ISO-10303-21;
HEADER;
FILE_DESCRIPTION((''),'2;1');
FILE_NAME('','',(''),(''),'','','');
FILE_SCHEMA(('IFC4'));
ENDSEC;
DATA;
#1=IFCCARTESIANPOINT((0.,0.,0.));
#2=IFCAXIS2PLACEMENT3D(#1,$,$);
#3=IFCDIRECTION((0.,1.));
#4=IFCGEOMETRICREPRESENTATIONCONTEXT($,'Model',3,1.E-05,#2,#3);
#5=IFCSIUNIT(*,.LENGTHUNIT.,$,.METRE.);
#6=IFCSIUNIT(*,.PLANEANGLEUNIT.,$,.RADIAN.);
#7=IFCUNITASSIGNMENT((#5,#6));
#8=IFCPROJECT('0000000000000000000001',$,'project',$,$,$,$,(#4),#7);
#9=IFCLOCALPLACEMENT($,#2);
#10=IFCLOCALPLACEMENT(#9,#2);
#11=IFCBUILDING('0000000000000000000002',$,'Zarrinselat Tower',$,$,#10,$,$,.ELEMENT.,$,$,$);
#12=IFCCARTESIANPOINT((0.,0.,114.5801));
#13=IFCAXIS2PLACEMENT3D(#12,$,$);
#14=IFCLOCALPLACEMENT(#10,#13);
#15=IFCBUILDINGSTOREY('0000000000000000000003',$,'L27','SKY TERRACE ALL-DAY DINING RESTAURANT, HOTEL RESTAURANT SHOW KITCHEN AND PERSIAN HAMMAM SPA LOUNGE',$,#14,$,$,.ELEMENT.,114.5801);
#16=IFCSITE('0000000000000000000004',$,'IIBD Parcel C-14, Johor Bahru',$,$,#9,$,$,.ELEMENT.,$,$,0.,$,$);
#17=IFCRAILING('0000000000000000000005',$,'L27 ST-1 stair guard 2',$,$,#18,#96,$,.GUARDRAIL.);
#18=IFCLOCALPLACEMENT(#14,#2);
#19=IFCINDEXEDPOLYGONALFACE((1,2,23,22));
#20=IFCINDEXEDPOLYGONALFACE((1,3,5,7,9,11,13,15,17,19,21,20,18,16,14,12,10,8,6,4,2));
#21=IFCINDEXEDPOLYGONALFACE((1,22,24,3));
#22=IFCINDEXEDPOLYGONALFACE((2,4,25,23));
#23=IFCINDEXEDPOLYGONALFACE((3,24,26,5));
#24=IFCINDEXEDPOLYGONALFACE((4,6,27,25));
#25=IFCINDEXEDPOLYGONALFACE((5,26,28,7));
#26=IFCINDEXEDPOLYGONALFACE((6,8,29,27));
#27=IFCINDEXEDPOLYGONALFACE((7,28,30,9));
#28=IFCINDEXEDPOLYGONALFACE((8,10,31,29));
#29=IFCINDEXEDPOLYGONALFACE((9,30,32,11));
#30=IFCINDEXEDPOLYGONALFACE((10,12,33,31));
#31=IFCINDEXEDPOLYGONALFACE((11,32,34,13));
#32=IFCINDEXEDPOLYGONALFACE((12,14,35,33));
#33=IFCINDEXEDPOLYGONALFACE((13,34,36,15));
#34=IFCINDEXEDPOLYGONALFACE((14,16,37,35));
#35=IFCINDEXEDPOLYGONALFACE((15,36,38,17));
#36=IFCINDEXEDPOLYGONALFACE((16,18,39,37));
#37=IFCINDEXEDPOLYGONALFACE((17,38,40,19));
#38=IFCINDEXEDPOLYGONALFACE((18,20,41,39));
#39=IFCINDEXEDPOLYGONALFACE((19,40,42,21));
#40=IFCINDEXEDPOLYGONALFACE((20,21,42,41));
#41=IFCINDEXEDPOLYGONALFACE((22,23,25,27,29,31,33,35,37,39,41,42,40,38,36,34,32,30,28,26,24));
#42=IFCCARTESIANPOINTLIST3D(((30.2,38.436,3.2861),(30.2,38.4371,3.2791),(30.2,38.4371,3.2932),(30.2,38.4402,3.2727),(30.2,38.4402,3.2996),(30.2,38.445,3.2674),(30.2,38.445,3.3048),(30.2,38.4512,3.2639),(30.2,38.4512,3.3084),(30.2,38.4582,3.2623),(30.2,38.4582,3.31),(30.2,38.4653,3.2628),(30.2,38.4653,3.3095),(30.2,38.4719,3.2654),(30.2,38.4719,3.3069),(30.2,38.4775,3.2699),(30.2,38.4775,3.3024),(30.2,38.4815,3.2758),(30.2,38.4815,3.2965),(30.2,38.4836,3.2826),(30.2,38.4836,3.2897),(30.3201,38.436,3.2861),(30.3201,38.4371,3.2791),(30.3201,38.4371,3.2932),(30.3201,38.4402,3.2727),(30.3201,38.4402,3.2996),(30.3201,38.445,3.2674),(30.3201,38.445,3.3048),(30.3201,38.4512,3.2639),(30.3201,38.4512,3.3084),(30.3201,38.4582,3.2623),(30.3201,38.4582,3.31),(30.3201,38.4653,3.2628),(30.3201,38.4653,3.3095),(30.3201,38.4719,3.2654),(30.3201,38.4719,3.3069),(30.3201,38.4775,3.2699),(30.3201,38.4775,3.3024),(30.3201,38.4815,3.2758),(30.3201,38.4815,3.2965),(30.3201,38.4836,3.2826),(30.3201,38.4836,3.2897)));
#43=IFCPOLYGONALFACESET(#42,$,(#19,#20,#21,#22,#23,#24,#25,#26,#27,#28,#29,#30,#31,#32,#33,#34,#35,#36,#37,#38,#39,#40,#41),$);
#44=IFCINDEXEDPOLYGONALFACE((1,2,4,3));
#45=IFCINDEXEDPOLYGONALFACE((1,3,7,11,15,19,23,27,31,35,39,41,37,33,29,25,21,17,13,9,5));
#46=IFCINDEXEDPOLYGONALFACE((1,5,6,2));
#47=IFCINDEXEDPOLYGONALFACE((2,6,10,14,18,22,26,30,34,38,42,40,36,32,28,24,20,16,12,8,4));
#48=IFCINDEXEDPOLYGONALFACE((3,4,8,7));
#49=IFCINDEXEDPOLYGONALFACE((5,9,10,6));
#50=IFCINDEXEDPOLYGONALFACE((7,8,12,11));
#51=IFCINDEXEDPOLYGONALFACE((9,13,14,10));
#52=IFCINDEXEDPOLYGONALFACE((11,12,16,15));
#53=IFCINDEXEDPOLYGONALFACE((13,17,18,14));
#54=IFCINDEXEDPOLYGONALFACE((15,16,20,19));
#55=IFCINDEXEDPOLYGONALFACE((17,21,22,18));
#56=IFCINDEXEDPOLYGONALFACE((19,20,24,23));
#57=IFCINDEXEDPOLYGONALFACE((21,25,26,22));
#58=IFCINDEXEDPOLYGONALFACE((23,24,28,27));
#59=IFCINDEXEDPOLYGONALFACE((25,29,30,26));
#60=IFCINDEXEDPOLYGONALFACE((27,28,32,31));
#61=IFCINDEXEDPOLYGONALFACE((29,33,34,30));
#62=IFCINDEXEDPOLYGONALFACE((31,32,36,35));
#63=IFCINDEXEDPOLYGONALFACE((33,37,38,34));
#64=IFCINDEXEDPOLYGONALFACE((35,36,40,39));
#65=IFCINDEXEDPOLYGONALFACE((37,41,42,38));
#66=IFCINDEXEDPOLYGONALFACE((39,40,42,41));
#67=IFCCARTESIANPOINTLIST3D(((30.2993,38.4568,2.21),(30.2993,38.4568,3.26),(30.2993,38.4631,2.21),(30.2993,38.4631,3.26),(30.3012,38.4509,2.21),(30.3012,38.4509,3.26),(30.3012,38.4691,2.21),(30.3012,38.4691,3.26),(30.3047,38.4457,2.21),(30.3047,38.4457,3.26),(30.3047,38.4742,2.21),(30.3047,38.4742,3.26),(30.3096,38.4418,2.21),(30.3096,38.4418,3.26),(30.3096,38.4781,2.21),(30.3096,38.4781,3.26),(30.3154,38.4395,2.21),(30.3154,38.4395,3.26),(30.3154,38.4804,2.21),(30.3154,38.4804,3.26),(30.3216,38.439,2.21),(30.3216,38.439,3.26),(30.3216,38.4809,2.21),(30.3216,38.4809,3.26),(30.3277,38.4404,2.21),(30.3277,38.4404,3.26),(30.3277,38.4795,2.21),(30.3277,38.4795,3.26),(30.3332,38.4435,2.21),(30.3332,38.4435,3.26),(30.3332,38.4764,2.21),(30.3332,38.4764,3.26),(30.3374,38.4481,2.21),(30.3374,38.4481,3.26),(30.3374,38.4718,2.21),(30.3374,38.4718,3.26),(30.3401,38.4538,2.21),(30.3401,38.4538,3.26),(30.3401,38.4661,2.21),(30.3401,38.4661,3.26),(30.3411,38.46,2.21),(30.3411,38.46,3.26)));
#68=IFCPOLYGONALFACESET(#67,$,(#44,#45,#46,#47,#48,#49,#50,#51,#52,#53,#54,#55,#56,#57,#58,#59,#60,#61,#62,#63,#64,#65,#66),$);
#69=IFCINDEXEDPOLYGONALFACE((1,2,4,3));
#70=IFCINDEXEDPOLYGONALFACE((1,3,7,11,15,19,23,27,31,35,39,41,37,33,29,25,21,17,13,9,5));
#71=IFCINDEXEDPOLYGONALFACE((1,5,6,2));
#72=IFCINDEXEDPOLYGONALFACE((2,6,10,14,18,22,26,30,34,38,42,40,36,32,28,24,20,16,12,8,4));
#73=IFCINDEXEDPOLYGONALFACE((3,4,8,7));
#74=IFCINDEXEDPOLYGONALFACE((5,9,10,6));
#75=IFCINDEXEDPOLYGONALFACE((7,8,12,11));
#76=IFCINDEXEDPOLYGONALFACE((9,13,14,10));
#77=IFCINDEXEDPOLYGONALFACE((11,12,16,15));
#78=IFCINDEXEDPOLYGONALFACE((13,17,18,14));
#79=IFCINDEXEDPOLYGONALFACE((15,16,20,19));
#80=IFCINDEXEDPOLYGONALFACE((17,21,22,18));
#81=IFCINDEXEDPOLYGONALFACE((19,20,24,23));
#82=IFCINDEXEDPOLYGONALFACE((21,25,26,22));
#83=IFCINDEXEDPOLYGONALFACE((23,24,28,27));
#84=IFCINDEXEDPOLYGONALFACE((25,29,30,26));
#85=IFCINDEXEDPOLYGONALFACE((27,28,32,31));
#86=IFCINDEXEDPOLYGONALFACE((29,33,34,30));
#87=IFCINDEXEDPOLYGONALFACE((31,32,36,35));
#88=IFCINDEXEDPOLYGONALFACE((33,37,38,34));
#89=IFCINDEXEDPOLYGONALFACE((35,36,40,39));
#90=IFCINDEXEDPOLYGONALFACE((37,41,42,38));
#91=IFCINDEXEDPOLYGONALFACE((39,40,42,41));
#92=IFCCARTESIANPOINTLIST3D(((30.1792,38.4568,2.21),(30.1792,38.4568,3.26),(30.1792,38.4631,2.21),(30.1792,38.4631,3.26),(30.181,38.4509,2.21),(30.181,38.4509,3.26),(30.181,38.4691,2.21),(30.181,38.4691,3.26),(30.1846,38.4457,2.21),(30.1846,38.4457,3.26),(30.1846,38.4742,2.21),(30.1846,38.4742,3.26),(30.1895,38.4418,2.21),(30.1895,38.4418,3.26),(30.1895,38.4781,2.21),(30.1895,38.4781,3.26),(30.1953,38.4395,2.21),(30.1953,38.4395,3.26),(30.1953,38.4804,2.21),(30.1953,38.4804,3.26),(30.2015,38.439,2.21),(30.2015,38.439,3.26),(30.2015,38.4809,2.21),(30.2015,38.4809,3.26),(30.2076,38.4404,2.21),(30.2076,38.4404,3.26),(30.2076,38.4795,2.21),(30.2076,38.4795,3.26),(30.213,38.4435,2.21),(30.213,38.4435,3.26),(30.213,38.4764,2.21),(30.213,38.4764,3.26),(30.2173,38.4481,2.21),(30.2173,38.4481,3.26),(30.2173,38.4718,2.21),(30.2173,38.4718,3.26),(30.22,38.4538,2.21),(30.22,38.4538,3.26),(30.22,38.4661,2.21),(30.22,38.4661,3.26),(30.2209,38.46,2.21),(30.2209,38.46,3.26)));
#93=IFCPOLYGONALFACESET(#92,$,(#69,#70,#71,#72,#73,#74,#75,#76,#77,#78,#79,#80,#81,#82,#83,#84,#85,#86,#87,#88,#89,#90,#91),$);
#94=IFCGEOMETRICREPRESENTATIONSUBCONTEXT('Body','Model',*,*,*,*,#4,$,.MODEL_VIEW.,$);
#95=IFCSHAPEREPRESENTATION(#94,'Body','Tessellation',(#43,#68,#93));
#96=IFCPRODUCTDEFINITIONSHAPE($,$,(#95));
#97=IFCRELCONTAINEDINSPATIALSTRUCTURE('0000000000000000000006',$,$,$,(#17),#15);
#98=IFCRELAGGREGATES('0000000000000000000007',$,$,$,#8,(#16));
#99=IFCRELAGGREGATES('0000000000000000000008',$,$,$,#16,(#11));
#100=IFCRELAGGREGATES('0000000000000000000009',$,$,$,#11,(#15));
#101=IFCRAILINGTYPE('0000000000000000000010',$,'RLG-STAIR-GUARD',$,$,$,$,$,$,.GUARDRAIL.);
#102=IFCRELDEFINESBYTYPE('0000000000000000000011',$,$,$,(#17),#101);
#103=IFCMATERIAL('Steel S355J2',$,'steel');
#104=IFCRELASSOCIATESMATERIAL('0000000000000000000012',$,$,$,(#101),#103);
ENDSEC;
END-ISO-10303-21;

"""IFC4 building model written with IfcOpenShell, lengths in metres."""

from ifc_helpers import new_model, si_unit, direction, frame, origin, origin_2d, place, context, subcontext, project, spatial, circle, extrude, material, type_object, element, save


model = new_model("IFC4")

# Units and contexts
model_context = context("Model", 3, precision=1e-05, world=origin(), true_north=direction((0.0, 1.0)))
body_context = subcontext(model_context, "Body", "Model", "MODEL_VIEW")
ifc_project = project(units=[si_unit("LENGTHUNIT", "METRE"), si_unit("PLANEANGLEUNIT", "RADIAN")], contexts=[model_context])

# Site, building, storey
site_placement = place(None, origin())
site = spatial("IfcSite", under=ifc_project, at=site_placement, Name="IIBD Parcel C-14, Johor Bahru", CompositionType="ELEMENT", RefElevation=0.0)
building_placement = place(site_placement, origin())
building = spatial("IfcBuilding", under=site, at=building_placement, Name="Zarrinselat Tower", CompositionType="ELEMENT")
storey_placement = place(building_placement, frame((0.0, 0.0, 114.5801)))
storey = spatial("IfcBuildingStorey", under=building, at=storey_placement, Name="L27", Description="SKY TERRACE ALL-DAY DINING RESTAURANT, HOTEL RESTAURANT SHOW KITCHEN AND PERSIAN HAMMAM SPA LOUNGE", CompositionType="ELEMENT", Elevation=114.5801)

# Railing
ifc_material_1 = material(Name="Steel S355J2", Category="steel")
railing_type_1 = type_object("IfcRailingType", Name="RLG-STAIR-GUARD", PredefinedType="GUARDRAIL", material=ifc_material_1)
railing_1_placement = place(storey_placement, frame((30.3201, 38.46, 2.21)))
element("IfcRailing", 1, at=railing_1_placement, inside=storey, type_object=railing_type_1, Name="L27 ST-1 stair guard 2", PredefinedType="GUARDRAIL", context=body_context, shape_type="SweptSolid", body=[
    extrude(circle(Radius=0.0239, at=origin_2d()), frame((0.0, 0.0, 1.0762), z_axis=(-1.0, 0.0, 0.0), x_axis=(0.0, -1.0, 0.0)), (0.0, 0.0, 1.0), 0.1201),
    extrude(circle(Radius=0.021, at=origin_2d()), origin(), (0.0, 0.0, 1.0), 1.05),
    extrude(circle(Radius=0.021, at=origin_2d()), frame((-0.1201, 0.0, 0.0)), (0.0, 0.0, 1.0), 1.05),
])

save(model, "model.ifc")
